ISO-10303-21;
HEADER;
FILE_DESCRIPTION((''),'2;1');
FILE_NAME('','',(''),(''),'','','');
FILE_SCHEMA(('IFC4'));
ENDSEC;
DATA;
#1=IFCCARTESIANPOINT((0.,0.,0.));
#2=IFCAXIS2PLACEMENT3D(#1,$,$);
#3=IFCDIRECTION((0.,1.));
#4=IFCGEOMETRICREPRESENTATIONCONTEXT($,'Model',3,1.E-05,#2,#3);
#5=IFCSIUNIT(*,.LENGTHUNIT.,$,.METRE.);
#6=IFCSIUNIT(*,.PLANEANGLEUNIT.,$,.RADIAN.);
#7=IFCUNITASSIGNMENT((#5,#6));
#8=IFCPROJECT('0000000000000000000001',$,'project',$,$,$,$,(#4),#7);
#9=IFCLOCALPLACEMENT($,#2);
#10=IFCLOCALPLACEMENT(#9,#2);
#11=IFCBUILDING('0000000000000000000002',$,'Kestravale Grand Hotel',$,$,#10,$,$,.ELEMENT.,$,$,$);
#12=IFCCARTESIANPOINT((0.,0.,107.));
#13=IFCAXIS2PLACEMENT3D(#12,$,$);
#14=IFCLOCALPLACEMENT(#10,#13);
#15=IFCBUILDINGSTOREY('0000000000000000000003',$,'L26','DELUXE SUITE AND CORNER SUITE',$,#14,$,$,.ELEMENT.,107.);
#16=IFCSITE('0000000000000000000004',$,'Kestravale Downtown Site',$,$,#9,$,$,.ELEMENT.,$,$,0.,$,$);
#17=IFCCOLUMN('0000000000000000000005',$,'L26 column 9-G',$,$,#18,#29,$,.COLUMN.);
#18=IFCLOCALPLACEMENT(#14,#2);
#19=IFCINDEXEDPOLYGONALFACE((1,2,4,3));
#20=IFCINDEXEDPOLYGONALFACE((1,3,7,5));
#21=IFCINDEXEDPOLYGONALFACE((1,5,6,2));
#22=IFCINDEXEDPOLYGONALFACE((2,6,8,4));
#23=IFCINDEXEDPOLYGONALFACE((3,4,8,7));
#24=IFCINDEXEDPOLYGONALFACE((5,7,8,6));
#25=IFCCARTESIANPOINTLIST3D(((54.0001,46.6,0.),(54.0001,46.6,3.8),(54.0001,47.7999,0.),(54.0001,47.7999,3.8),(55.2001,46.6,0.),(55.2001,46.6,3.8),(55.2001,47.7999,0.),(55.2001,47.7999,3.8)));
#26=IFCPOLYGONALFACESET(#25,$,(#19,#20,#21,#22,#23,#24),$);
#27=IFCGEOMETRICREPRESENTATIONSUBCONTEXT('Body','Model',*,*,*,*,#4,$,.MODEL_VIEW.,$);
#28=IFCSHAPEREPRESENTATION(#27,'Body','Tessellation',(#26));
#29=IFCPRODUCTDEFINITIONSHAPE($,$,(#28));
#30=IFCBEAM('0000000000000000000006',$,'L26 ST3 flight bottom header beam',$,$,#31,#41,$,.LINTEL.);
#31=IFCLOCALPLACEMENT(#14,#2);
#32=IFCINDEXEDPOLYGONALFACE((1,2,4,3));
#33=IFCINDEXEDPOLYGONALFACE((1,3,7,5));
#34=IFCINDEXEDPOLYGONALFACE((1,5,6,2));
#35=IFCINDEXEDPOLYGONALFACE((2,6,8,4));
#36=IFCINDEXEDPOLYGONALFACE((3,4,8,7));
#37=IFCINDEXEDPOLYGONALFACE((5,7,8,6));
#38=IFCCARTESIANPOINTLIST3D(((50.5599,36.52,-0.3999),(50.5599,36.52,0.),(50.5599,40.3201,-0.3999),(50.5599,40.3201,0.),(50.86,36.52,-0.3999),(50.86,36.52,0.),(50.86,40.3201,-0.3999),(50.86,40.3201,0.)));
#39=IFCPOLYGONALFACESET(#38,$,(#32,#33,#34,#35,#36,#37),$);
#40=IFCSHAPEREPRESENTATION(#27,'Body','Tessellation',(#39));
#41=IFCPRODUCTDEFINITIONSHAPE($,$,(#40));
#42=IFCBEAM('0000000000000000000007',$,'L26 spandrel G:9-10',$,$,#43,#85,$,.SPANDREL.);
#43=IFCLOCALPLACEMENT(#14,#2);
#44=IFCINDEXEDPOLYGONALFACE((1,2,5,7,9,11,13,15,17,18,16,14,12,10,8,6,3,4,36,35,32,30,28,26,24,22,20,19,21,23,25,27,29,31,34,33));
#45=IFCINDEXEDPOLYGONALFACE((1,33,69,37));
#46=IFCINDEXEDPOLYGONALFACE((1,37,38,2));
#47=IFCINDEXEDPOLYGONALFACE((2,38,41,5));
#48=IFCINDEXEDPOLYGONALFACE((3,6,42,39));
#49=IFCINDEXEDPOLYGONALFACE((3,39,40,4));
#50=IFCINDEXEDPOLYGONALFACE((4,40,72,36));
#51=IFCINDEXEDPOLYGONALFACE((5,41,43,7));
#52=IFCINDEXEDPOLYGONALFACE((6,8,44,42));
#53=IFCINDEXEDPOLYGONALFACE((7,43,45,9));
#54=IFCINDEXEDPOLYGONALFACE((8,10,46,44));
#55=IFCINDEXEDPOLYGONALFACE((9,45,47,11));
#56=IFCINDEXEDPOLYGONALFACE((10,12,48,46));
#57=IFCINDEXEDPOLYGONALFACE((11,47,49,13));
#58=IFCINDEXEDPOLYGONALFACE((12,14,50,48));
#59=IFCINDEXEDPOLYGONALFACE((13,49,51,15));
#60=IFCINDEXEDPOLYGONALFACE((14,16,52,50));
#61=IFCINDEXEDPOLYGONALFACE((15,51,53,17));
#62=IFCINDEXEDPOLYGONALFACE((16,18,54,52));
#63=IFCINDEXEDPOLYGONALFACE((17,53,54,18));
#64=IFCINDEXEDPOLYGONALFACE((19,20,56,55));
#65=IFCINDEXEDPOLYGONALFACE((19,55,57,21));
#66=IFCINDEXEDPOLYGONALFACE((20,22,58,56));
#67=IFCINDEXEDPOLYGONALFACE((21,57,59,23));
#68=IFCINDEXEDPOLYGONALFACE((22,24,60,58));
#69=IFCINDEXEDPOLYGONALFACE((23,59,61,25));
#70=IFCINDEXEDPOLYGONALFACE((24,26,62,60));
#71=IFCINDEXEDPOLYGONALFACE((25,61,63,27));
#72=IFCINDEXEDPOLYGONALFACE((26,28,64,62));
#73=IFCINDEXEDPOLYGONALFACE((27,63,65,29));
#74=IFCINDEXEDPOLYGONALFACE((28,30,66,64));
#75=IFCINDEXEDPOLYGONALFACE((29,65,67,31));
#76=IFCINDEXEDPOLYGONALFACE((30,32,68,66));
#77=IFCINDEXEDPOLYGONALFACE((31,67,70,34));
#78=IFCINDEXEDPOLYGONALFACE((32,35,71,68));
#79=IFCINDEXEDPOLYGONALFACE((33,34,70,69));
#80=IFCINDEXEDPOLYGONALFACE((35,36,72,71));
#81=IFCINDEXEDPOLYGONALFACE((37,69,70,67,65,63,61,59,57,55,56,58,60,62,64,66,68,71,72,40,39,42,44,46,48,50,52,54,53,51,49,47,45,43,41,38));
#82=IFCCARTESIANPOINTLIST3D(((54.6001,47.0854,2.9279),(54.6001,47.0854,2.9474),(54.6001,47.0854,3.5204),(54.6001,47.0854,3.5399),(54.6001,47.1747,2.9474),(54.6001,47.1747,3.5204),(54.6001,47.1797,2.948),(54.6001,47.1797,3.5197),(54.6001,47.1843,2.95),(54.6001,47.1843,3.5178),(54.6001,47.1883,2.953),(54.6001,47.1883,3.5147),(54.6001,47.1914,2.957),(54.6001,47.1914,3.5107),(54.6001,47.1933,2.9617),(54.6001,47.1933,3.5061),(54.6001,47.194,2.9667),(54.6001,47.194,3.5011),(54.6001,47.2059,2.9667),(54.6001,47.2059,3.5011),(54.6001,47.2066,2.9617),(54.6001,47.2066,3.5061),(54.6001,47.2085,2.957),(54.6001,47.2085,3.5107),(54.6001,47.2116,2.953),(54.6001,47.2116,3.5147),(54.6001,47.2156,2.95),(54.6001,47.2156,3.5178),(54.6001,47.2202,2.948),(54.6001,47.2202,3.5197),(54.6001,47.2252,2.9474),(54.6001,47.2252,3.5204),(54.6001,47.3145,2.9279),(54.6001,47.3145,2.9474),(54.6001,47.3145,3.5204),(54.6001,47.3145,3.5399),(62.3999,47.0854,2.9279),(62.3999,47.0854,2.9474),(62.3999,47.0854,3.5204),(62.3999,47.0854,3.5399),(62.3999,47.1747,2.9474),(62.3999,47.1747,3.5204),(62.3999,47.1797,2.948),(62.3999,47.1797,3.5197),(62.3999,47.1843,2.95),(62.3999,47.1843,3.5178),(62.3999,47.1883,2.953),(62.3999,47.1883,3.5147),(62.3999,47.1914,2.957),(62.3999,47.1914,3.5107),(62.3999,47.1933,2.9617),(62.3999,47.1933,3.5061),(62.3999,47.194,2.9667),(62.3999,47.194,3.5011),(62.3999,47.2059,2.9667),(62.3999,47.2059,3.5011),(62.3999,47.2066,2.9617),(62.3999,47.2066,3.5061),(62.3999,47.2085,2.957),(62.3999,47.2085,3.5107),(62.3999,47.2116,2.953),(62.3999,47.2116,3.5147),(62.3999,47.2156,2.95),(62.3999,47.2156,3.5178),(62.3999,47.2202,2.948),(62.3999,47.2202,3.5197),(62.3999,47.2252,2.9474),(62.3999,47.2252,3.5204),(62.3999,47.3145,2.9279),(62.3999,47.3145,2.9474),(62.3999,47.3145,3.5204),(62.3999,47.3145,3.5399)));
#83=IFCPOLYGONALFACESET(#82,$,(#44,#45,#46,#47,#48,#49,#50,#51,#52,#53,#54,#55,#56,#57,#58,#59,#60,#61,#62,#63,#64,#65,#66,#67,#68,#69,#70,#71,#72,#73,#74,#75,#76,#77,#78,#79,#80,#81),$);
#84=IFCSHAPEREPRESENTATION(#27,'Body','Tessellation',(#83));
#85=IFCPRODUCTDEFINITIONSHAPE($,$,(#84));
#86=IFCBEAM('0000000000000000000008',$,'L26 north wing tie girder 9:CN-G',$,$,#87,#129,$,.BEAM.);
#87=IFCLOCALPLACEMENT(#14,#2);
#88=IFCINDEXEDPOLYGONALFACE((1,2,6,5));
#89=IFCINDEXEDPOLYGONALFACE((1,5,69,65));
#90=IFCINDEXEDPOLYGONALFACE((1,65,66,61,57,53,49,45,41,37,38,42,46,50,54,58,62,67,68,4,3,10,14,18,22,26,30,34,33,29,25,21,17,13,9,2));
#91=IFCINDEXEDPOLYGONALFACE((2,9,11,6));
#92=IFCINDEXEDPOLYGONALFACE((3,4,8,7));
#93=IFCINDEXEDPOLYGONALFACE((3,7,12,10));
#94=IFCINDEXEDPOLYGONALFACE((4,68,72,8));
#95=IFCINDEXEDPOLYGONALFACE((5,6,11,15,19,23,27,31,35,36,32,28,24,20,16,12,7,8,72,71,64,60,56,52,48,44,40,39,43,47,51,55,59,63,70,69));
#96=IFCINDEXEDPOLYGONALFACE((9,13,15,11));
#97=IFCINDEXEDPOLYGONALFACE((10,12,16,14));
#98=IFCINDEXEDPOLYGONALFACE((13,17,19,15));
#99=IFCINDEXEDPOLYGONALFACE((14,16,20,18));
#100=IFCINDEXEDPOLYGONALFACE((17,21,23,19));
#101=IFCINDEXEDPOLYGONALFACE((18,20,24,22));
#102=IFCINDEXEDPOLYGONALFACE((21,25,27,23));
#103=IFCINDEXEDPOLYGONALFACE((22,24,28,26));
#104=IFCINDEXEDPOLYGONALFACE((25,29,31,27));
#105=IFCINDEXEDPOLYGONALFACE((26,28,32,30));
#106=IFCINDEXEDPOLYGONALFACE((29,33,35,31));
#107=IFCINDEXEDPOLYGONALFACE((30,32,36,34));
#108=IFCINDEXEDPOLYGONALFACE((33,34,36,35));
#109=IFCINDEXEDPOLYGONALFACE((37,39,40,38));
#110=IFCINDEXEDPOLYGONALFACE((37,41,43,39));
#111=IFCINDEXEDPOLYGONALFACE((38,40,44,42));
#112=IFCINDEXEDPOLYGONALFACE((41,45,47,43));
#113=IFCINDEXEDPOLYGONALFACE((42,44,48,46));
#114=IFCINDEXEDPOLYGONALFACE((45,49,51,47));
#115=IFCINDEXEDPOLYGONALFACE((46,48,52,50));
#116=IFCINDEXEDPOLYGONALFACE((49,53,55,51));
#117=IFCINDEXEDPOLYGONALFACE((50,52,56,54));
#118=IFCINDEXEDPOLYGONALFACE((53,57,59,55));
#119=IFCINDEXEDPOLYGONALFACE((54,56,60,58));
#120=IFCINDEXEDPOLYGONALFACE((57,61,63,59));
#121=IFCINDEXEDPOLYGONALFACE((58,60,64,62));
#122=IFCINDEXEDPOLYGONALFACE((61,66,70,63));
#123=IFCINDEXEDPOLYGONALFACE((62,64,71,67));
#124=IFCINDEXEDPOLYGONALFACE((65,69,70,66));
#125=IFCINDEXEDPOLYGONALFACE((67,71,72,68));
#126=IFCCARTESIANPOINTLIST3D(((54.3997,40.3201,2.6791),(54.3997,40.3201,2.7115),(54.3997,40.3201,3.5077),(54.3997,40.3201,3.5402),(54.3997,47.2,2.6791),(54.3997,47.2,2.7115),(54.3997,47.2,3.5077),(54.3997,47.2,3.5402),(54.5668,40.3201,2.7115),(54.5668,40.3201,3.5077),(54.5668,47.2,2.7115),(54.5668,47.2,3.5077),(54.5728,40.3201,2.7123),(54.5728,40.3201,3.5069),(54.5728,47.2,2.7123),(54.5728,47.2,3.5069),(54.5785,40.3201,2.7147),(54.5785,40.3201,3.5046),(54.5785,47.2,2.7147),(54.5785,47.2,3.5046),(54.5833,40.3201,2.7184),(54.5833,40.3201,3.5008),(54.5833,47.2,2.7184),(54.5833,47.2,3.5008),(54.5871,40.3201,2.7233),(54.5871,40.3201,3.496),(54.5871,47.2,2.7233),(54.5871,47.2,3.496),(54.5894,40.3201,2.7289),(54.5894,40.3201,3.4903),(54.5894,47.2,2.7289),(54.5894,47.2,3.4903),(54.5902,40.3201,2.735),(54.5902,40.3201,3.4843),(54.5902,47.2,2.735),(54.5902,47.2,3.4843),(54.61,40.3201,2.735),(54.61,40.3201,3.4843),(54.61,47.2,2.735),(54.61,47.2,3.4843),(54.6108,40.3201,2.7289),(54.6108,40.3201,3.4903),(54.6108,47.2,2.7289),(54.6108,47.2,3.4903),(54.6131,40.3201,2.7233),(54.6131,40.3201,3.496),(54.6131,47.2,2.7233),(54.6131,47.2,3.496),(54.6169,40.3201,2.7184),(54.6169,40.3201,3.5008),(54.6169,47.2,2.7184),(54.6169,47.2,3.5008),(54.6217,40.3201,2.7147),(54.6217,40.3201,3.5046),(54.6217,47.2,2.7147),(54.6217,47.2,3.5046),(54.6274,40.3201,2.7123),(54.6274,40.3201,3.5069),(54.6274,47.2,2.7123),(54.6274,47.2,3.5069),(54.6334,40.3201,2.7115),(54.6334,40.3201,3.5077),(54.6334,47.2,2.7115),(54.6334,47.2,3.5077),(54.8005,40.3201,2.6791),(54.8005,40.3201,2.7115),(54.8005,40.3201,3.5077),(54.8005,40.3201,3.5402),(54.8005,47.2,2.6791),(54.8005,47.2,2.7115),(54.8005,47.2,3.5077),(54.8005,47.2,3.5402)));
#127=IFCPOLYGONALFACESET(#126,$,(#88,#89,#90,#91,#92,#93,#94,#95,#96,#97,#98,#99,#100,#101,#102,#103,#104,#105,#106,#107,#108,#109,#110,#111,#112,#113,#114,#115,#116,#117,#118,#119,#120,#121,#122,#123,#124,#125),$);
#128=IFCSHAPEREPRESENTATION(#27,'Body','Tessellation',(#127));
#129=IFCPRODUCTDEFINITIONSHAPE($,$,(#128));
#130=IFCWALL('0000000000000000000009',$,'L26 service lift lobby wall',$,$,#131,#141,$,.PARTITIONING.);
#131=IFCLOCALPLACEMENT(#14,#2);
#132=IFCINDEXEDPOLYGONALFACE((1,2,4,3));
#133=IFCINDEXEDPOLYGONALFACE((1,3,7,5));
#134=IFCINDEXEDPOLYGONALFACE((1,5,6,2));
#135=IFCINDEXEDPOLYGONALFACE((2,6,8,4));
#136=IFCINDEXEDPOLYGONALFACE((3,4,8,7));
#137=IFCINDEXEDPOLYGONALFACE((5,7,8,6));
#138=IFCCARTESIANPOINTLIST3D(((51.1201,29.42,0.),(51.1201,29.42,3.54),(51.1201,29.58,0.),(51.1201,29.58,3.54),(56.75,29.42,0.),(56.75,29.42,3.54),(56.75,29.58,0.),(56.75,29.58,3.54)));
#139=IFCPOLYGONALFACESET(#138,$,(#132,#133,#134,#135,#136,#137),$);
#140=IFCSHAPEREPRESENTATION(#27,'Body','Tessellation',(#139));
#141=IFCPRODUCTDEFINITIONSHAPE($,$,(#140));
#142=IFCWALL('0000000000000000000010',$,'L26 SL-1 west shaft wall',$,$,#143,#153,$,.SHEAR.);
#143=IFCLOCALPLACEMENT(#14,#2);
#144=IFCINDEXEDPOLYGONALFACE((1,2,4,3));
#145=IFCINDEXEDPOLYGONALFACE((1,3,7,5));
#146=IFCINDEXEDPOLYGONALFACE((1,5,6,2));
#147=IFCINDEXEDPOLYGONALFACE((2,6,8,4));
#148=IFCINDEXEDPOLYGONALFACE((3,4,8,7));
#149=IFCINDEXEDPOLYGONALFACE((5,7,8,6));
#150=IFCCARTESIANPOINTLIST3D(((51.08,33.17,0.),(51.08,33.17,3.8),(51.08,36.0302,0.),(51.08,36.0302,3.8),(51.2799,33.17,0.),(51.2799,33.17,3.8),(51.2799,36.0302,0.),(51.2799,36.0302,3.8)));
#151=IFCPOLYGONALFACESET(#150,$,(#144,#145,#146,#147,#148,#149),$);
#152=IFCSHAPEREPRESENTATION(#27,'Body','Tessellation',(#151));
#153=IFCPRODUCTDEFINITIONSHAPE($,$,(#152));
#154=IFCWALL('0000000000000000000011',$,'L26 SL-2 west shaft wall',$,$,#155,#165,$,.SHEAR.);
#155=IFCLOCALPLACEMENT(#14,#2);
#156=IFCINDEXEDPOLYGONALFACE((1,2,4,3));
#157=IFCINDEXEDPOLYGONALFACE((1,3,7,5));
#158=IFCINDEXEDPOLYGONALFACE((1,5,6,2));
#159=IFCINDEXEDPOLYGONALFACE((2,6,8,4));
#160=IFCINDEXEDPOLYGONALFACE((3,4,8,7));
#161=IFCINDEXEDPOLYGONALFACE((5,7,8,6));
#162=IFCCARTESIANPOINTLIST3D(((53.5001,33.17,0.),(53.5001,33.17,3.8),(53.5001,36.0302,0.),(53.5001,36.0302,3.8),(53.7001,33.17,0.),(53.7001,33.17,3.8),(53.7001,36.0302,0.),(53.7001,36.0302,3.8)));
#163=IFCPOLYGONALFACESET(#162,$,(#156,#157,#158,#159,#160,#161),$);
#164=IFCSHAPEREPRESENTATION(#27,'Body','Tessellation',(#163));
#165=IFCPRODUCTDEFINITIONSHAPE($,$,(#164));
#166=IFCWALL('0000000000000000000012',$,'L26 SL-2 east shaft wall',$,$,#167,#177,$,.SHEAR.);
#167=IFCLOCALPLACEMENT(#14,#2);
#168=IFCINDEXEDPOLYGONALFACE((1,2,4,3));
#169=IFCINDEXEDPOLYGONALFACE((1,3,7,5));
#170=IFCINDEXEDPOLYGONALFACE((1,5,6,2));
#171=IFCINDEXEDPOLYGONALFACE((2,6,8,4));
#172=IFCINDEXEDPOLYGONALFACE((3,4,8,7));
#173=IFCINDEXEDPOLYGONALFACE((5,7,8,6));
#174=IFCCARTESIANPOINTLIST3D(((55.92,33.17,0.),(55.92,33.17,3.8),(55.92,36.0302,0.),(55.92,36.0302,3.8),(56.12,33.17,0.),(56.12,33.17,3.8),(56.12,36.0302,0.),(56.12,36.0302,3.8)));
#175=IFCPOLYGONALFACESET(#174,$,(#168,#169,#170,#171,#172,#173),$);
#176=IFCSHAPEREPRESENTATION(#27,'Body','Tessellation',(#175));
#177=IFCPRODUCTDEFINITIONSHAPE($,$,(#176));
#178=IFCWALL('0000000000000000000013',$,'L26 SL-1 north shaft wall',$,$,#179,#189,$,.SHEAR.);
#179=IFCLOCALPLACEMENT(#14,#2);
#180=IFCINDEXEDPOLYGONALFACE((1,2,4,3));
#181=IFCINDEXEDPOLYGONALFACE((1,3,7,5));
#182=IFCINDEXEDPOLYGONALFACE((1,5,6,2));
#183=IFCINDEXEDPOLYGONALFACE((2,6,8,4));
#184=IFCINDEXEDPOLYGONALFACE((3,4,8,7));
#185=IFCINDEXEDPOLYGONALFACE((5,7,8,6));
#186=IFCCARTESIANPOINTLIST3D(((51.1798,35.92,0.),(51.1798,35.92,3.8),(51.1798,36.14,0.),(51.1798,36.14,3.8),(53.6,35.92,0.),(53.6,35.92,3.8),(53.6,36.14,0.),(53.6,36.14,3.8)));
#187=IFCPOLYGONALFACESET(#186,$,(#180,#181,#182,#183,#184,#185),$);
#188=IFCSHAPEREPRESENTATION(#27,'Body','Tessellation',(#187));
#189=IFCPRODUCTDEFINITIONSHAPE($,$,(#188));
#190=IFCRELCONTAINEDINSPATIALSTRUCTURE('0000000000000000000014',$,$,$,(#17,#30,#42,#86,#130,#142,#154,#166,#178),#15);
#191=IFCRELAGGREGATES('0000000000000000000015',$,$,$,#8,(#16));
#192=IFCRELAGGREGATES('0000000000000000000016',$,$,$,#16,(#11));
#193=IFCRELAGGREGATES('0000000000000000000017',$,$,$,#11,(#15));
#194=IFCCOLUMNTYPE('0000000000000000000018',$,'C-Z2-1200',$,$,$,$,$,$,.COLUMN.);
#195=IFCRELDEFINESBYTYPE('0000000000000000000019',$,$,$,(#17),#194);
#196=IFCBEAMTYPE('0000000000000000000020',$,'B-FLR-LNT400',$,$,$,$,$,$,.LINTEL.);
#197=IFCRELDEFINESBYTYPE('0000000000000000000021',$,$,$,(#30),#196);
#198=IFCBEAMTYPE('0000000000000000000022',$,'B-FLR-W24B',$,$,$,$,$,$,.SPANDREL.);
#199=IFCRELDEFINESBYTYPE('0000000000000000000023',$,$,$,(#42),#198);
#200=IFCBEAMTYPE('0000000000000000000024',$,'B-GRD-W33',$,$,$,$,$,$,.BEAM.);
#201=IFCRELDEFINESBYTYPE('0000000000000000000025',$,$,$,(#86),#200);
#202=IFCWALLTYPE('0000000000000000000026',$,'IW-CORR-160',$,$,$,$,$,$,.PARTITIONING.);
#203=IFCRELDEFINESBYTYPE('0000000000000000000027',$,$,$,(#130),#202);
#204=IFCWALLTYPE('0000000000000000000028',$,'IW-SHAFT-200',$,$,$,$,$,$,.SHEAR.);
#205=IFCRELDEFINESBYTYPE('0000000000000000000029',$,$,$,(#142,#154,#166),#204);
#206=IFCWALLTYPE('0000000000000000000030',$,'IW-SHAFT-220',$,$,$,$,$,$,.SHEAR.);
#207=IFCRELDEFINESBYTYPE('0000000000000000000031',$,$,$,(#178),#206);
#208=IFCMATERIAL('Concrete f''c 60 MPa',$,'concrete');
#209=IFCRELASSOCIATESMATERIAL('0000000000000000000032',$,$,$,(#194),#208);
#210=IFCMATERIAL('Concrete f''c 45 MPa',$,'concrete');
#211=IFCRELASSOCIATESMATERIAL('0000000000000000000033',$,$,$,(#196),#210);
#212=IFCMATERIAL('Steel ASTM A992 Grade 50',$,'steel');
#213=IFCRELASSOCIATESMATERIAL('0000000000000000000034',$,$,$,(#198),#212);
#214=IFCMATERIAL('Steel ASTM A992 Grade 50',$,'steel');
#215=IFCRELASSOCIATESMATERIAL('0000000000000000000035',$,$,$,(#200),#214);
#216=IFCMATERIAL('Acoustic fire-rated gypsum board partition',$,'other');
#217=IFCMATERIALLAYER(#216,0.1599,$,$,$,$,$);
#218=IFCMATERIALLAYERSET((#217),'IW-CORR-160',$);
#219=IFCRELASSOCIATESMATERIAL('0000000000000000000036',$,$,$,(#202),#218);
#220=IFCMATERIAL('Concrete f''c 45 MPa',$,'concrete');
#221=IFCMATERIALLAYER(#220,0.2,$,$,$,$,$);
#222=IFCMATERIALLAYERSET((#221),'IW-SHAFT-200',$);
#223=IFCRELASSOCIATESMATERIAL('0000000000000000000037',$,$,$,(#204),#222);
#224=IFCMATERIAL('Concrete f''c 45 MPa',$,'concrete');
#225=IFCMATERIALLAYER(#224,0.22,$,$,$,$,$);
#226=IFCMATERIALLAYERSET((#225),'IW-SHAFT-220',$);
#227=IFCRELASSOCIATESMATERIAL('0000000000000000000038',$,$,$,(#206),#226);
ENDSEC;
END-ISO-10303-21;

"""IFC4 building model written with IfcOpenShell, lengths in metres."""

from ifc_helpers import new_model, si_unit, direction, frame, frame_2d, origin, origin_2d, place, context, subcontext, project, spatial, rectangle, i_section, extrude, material, layer, layer_set, material_profile, profile_set, type_object, element, save


model = new_model("IFC4")

# Units and contexts
model_context = context("Model", 3, precision=1e-05, world=origin(), true_north=direction((0.0, 1.0)))
body_context = subcontext(model_context, "Body", "Model", "MODEL_VIEW")
ifc_project = project(units=[si_unit("LENGTHUNIT", "METRE"), si_unit("PLANEANGLEUNIT", "RADIAN")], contexts=[model_context])

# Site, building, storey
site_placement = place(None, origin())
site = spatial("IfcSite", under=ifc_project, at=site_placement, Name="Kestravale Downtown Site", CompositionType="ELEMENT", RefElevation=0.0)
building_placement = place(site_placement, origin())
building = spatial("IfcBuilding", under=site, at=building_placement, Name="Kestravale Grand Hotel", CompositionType="ELEMENT")
storey_placement = place(building_placement, frame((0.0, 0.0, 107.0)))
storey = spatial("IfcBuildingStorey", under=building, at=storey_placement, Name="L26", Description="DELUXE SUITE AND CORNER SUITE", CompositionType="ELEMENT", Elevation=107.0)

# Column
ifc_material_1 = material(Name="Concrete f'c 60 MPa", Category="concrete")
ifc_material_profile_1 = material_profile(ifc_material_1, rectangle(XDim=1.2, YDim=1.2, at=origin_2d()))
ifc_profile_set_1 = profile_set([ifc_material_profile_1], Name="Concrete f'c 60 MPa")
column_type = type_object("IfcColumnType", Name="C-Z2-1200", PredefinedType="COLUMN", material=ifc_profile_set_1)
column_placement = place(storey_placement, frame((54.6001, 47.2, 0.0), z_axis=(0.0, 0.0, 1.0), x_axis=(1.0, 0.0, 0.0)))
element("IfcColumn", 1, at=column_placement, inside=storey, type_object=column_type, Name="L26 column 9-G", PredefinedType="COLUMN", context=body_context, shape_type="SweptSolid", body=[
    extrude(rectangle(XDim=1.2, YDim=1.2, at=origin_2d()), origin(), (0.0, 0.0, 1.0), 3.8),
])

# Beams
ifc_material_2 = material(Name="Concrete f'c 45 MPa", Category="concrete")
ifc_material_profile_2 = material_profile(ifc_material_2, rectangle(XDim=0.3, YDim=0.3999, at=origin_2d()))
ifc_profile_set_2 = profile_set([ifc_material_profile_2], Name="Concrete f'c 45 MPa")
beam_type_1 = type_object("IfcBeamType", Name="B-FLR-LNT400", PredefinedType="LINTEL", material=ifc_profile_set_2)
beam_1_placement = place(storey_placement, frame((50.71, 36.52, -0.2), z_axis=(0.0, 1.0, 0.0), x_axis=(-1.0, 0.0, 0.0)))
element("IfcBeam", 2, at=beam_1_placement, inside=storey, type_object=beam_type_1, Name="L26 ST3 flight bottom header beam", PredefinedType="LINTEL", context=body_context, shape_type="SweptSolid", body=[
    extrude(rectangle(XDim=0.3, YDim=0.3999, at=origin_2d()), origin(), (0.0, 0.0, 1.0), 3.8),
])
ifc_material_3 = material(Name="Steel ASTM A992 Grade 50", Category="steel")
ifc_material_profile_3 = material_profile(ifc_material_3, i_section(OverallWidth=0.229, OverallDepth=0.6121, WebThickness=0.012, FlangeThickness=0.0195, FilletRadius=0.0193, at=origin_2d()))
ifc_profile_set_3 = profile_set([ifc_material_profile_3], Name="Steel ASTM A992 Grade 50")
beam_type_2 = type_object("IfcBeamType", Name="B-FLR-W24B", PredefinedType="SPANDREL", material=ifc_profile_set_3)
beam_2_placement = place(storey_placement, frame((54.6001, 47.2, 3.2339), z_axis=(1.0, 0.0, 0.0), x_axis=(0.0, 1.0, 0.0)))
element("IfcBeam", 3, at=beam_2_placement, inside=storey, type_object=beam_type_2, Name="L26 spandrel G:9-10", PredefinedType="SPANDREL", context=body_context, shape_type="SweptSolid", body=[
    extrude(i_section(OverallWidth=0.229, OverallDepth=0.6121, WebThickness=0.012, FlangeThickness=0.0195, FilletRadius=0.0193, at=origin_2d()), origin(), (0.0, 0.0, 1.0), 7.7998),
])
ifc_material_4 = material(Name="Steel ASTM A992 Grade 50", Category="steel")
ifc_material_profile_4 = material_profile(ifc_material_4, i_section(OverallWidth=0.4009, OverallDepth=0.8611, WebThickness=0.0198, FlangeThickness=0.0325, FilletRadius=0.0234, at=origin_2d()))
ifc_profile_set_4 = profile_set([ifc_material_profile_4], Name="Steel ASTM A992 Grade 50")
beam_type_3 = type_object("IfcBeamType", Name="B-GRD-W33", PredefinedType="BEAM", material=ifc_profile_set_4)
beam_3_placement = place(storey_placement, frame((54.6001, 40.3201, 3.1096), z_axis=(0.0, 1.0, 0.0), x_axis=(-1.0, 0.0, 0.0)))
element("IfcBeam", 4, at=beam_3_placement, inside=storey, type_object=beam_type_3, Name="L26 north wing tie girder 9:CN-G", PredefinedType="BEAM", context=body_context, shape_type="SweptSolid", body=[
    extrude(i_section(OverallWidth=0.4009, OverallDepth=0.8611, WebThickness=0.0198, FlangeThickness=0.0325, FilletRadius=0.0234, at=origin_2d()), origin(), (0.0, 0.0, 1.0), 6.8799),
])

# Shared definitions
ifc_material_5 = material(Name="Acoustic fire-rated gypsum board partition", Category="other")
ifc_layer_1 = layer(ifc_material_5, 0.1599)
ifc_layer_set_1 = layer_set([ifc_layer_1], Name="IW-CORR-160")
wall_type_1 = type_object("IfcWallType", Name="IW-CORR-160", PredefinedType="PARTITIONING", material=ifc_layer_set_1)

# Walls
wall_1_placement = place(storey_placement, frame((51.1201, 29.5, 0.0), z_axis=(0.0, 0.0, 1.0), x_axis=(1.0, 0.0, 0.0)))
element("IfcWall", 5, at=wall_1_placement, inside=storey, type_object=wall_type_1, Name="L26 service lift lobby wall", PredefinedType="PARTITIONING", context=body_context, shape_type="SweptSolid", body=[
    extrude(rectangle(XDim=5.6299, YDim=0.1599, at=frame_2d((2.8149, 0.0))), origin(), (0.0, 0.0, 1.0), 3.54),
])
ifc_material_6 = material(Name="Concrete f'c 45 MPa", Category="concrete")
ifc_layer_2 = layer(ifc_material_6, 0.2)
ifc_layer_set_2 = layer_set([ifc_layer_2], Name="IW-SHAFT-200")
wall_type_2 = type_object("IfcWallType", Name="IW-SHAFT-200", PredefinedType="SHEAR", material=ifc_layer_set_2)
for number, where, z_axis, x_axis, name in (
    (6, (51.1799, 33.1699, 0.0), (0.0, 0.0, 1.0), (0.0, 1.0, 0.0), "L26 SL-1 west shaft wall"),
    (7, (53.6001, 33.1699, 0.0), (0.0, 0.0, 1.0), (0.0, 1.0, 0.0), "L26 SL-2 west shaft wall"),
    (8, (56.02, 33.1699, 0.0), (0.0, 0.0, 1.0), (0.0, 1.0, 0.0), "L26 SL-2 east shaft wall"),
):
    element("IfcWall", number, at=place(storey_placement, frame(where, z_axis=z_axis, x_axis=x_axis)), inside=storey, type_object=wall_type_2, Name=name, PredefinedType="SHEAR", context=body_context, shape_type="SweptSolid", body=[
        extrude(rectangle(XDim=2.8601, YDim=0.2, at=frame_2d((1.4302, 0.0))), origin(), (0.0, 0.0, 1.0), 3.8),
    ])
ifc_material_7 = material(Name="Concrete f'c 45 MPa", Category="concrete")
ifc_layer_3 = layer(ifc_material_7, 0.22)
ifc_layer_set_3 = layer_set([ifc_layer_3], Name="IW-SHAFT-220")
wall_type_3 = type_object("IfcWallType", Name="IW-SHAFT-220", PredefinedType="SHEAR", material=ifc_layer_set_3)
wall_2_placement = place(storey_placement, frame((51.1799, 36.03, 0.0), z_axis=(0.0, 0.0, 1.0), x_axis=(1.0, 0.0, 0.0)))
element("IfcWall", 9, at=wall_2_placement, inside=storey, type_object=wall_type_3, Name="L26 SL-1 north shaft wall", PredefinedType="SHEAR", context=body_context, shape_type="SweptSolid", body=[
    extrude(rectangle(XDim=2.4202, YDim=0.22, at=frame_2d((1.21, 0.0))), origin(), (0.0, 0.0, 1.0), 3.8),
])

save(model, "model.ifc")
